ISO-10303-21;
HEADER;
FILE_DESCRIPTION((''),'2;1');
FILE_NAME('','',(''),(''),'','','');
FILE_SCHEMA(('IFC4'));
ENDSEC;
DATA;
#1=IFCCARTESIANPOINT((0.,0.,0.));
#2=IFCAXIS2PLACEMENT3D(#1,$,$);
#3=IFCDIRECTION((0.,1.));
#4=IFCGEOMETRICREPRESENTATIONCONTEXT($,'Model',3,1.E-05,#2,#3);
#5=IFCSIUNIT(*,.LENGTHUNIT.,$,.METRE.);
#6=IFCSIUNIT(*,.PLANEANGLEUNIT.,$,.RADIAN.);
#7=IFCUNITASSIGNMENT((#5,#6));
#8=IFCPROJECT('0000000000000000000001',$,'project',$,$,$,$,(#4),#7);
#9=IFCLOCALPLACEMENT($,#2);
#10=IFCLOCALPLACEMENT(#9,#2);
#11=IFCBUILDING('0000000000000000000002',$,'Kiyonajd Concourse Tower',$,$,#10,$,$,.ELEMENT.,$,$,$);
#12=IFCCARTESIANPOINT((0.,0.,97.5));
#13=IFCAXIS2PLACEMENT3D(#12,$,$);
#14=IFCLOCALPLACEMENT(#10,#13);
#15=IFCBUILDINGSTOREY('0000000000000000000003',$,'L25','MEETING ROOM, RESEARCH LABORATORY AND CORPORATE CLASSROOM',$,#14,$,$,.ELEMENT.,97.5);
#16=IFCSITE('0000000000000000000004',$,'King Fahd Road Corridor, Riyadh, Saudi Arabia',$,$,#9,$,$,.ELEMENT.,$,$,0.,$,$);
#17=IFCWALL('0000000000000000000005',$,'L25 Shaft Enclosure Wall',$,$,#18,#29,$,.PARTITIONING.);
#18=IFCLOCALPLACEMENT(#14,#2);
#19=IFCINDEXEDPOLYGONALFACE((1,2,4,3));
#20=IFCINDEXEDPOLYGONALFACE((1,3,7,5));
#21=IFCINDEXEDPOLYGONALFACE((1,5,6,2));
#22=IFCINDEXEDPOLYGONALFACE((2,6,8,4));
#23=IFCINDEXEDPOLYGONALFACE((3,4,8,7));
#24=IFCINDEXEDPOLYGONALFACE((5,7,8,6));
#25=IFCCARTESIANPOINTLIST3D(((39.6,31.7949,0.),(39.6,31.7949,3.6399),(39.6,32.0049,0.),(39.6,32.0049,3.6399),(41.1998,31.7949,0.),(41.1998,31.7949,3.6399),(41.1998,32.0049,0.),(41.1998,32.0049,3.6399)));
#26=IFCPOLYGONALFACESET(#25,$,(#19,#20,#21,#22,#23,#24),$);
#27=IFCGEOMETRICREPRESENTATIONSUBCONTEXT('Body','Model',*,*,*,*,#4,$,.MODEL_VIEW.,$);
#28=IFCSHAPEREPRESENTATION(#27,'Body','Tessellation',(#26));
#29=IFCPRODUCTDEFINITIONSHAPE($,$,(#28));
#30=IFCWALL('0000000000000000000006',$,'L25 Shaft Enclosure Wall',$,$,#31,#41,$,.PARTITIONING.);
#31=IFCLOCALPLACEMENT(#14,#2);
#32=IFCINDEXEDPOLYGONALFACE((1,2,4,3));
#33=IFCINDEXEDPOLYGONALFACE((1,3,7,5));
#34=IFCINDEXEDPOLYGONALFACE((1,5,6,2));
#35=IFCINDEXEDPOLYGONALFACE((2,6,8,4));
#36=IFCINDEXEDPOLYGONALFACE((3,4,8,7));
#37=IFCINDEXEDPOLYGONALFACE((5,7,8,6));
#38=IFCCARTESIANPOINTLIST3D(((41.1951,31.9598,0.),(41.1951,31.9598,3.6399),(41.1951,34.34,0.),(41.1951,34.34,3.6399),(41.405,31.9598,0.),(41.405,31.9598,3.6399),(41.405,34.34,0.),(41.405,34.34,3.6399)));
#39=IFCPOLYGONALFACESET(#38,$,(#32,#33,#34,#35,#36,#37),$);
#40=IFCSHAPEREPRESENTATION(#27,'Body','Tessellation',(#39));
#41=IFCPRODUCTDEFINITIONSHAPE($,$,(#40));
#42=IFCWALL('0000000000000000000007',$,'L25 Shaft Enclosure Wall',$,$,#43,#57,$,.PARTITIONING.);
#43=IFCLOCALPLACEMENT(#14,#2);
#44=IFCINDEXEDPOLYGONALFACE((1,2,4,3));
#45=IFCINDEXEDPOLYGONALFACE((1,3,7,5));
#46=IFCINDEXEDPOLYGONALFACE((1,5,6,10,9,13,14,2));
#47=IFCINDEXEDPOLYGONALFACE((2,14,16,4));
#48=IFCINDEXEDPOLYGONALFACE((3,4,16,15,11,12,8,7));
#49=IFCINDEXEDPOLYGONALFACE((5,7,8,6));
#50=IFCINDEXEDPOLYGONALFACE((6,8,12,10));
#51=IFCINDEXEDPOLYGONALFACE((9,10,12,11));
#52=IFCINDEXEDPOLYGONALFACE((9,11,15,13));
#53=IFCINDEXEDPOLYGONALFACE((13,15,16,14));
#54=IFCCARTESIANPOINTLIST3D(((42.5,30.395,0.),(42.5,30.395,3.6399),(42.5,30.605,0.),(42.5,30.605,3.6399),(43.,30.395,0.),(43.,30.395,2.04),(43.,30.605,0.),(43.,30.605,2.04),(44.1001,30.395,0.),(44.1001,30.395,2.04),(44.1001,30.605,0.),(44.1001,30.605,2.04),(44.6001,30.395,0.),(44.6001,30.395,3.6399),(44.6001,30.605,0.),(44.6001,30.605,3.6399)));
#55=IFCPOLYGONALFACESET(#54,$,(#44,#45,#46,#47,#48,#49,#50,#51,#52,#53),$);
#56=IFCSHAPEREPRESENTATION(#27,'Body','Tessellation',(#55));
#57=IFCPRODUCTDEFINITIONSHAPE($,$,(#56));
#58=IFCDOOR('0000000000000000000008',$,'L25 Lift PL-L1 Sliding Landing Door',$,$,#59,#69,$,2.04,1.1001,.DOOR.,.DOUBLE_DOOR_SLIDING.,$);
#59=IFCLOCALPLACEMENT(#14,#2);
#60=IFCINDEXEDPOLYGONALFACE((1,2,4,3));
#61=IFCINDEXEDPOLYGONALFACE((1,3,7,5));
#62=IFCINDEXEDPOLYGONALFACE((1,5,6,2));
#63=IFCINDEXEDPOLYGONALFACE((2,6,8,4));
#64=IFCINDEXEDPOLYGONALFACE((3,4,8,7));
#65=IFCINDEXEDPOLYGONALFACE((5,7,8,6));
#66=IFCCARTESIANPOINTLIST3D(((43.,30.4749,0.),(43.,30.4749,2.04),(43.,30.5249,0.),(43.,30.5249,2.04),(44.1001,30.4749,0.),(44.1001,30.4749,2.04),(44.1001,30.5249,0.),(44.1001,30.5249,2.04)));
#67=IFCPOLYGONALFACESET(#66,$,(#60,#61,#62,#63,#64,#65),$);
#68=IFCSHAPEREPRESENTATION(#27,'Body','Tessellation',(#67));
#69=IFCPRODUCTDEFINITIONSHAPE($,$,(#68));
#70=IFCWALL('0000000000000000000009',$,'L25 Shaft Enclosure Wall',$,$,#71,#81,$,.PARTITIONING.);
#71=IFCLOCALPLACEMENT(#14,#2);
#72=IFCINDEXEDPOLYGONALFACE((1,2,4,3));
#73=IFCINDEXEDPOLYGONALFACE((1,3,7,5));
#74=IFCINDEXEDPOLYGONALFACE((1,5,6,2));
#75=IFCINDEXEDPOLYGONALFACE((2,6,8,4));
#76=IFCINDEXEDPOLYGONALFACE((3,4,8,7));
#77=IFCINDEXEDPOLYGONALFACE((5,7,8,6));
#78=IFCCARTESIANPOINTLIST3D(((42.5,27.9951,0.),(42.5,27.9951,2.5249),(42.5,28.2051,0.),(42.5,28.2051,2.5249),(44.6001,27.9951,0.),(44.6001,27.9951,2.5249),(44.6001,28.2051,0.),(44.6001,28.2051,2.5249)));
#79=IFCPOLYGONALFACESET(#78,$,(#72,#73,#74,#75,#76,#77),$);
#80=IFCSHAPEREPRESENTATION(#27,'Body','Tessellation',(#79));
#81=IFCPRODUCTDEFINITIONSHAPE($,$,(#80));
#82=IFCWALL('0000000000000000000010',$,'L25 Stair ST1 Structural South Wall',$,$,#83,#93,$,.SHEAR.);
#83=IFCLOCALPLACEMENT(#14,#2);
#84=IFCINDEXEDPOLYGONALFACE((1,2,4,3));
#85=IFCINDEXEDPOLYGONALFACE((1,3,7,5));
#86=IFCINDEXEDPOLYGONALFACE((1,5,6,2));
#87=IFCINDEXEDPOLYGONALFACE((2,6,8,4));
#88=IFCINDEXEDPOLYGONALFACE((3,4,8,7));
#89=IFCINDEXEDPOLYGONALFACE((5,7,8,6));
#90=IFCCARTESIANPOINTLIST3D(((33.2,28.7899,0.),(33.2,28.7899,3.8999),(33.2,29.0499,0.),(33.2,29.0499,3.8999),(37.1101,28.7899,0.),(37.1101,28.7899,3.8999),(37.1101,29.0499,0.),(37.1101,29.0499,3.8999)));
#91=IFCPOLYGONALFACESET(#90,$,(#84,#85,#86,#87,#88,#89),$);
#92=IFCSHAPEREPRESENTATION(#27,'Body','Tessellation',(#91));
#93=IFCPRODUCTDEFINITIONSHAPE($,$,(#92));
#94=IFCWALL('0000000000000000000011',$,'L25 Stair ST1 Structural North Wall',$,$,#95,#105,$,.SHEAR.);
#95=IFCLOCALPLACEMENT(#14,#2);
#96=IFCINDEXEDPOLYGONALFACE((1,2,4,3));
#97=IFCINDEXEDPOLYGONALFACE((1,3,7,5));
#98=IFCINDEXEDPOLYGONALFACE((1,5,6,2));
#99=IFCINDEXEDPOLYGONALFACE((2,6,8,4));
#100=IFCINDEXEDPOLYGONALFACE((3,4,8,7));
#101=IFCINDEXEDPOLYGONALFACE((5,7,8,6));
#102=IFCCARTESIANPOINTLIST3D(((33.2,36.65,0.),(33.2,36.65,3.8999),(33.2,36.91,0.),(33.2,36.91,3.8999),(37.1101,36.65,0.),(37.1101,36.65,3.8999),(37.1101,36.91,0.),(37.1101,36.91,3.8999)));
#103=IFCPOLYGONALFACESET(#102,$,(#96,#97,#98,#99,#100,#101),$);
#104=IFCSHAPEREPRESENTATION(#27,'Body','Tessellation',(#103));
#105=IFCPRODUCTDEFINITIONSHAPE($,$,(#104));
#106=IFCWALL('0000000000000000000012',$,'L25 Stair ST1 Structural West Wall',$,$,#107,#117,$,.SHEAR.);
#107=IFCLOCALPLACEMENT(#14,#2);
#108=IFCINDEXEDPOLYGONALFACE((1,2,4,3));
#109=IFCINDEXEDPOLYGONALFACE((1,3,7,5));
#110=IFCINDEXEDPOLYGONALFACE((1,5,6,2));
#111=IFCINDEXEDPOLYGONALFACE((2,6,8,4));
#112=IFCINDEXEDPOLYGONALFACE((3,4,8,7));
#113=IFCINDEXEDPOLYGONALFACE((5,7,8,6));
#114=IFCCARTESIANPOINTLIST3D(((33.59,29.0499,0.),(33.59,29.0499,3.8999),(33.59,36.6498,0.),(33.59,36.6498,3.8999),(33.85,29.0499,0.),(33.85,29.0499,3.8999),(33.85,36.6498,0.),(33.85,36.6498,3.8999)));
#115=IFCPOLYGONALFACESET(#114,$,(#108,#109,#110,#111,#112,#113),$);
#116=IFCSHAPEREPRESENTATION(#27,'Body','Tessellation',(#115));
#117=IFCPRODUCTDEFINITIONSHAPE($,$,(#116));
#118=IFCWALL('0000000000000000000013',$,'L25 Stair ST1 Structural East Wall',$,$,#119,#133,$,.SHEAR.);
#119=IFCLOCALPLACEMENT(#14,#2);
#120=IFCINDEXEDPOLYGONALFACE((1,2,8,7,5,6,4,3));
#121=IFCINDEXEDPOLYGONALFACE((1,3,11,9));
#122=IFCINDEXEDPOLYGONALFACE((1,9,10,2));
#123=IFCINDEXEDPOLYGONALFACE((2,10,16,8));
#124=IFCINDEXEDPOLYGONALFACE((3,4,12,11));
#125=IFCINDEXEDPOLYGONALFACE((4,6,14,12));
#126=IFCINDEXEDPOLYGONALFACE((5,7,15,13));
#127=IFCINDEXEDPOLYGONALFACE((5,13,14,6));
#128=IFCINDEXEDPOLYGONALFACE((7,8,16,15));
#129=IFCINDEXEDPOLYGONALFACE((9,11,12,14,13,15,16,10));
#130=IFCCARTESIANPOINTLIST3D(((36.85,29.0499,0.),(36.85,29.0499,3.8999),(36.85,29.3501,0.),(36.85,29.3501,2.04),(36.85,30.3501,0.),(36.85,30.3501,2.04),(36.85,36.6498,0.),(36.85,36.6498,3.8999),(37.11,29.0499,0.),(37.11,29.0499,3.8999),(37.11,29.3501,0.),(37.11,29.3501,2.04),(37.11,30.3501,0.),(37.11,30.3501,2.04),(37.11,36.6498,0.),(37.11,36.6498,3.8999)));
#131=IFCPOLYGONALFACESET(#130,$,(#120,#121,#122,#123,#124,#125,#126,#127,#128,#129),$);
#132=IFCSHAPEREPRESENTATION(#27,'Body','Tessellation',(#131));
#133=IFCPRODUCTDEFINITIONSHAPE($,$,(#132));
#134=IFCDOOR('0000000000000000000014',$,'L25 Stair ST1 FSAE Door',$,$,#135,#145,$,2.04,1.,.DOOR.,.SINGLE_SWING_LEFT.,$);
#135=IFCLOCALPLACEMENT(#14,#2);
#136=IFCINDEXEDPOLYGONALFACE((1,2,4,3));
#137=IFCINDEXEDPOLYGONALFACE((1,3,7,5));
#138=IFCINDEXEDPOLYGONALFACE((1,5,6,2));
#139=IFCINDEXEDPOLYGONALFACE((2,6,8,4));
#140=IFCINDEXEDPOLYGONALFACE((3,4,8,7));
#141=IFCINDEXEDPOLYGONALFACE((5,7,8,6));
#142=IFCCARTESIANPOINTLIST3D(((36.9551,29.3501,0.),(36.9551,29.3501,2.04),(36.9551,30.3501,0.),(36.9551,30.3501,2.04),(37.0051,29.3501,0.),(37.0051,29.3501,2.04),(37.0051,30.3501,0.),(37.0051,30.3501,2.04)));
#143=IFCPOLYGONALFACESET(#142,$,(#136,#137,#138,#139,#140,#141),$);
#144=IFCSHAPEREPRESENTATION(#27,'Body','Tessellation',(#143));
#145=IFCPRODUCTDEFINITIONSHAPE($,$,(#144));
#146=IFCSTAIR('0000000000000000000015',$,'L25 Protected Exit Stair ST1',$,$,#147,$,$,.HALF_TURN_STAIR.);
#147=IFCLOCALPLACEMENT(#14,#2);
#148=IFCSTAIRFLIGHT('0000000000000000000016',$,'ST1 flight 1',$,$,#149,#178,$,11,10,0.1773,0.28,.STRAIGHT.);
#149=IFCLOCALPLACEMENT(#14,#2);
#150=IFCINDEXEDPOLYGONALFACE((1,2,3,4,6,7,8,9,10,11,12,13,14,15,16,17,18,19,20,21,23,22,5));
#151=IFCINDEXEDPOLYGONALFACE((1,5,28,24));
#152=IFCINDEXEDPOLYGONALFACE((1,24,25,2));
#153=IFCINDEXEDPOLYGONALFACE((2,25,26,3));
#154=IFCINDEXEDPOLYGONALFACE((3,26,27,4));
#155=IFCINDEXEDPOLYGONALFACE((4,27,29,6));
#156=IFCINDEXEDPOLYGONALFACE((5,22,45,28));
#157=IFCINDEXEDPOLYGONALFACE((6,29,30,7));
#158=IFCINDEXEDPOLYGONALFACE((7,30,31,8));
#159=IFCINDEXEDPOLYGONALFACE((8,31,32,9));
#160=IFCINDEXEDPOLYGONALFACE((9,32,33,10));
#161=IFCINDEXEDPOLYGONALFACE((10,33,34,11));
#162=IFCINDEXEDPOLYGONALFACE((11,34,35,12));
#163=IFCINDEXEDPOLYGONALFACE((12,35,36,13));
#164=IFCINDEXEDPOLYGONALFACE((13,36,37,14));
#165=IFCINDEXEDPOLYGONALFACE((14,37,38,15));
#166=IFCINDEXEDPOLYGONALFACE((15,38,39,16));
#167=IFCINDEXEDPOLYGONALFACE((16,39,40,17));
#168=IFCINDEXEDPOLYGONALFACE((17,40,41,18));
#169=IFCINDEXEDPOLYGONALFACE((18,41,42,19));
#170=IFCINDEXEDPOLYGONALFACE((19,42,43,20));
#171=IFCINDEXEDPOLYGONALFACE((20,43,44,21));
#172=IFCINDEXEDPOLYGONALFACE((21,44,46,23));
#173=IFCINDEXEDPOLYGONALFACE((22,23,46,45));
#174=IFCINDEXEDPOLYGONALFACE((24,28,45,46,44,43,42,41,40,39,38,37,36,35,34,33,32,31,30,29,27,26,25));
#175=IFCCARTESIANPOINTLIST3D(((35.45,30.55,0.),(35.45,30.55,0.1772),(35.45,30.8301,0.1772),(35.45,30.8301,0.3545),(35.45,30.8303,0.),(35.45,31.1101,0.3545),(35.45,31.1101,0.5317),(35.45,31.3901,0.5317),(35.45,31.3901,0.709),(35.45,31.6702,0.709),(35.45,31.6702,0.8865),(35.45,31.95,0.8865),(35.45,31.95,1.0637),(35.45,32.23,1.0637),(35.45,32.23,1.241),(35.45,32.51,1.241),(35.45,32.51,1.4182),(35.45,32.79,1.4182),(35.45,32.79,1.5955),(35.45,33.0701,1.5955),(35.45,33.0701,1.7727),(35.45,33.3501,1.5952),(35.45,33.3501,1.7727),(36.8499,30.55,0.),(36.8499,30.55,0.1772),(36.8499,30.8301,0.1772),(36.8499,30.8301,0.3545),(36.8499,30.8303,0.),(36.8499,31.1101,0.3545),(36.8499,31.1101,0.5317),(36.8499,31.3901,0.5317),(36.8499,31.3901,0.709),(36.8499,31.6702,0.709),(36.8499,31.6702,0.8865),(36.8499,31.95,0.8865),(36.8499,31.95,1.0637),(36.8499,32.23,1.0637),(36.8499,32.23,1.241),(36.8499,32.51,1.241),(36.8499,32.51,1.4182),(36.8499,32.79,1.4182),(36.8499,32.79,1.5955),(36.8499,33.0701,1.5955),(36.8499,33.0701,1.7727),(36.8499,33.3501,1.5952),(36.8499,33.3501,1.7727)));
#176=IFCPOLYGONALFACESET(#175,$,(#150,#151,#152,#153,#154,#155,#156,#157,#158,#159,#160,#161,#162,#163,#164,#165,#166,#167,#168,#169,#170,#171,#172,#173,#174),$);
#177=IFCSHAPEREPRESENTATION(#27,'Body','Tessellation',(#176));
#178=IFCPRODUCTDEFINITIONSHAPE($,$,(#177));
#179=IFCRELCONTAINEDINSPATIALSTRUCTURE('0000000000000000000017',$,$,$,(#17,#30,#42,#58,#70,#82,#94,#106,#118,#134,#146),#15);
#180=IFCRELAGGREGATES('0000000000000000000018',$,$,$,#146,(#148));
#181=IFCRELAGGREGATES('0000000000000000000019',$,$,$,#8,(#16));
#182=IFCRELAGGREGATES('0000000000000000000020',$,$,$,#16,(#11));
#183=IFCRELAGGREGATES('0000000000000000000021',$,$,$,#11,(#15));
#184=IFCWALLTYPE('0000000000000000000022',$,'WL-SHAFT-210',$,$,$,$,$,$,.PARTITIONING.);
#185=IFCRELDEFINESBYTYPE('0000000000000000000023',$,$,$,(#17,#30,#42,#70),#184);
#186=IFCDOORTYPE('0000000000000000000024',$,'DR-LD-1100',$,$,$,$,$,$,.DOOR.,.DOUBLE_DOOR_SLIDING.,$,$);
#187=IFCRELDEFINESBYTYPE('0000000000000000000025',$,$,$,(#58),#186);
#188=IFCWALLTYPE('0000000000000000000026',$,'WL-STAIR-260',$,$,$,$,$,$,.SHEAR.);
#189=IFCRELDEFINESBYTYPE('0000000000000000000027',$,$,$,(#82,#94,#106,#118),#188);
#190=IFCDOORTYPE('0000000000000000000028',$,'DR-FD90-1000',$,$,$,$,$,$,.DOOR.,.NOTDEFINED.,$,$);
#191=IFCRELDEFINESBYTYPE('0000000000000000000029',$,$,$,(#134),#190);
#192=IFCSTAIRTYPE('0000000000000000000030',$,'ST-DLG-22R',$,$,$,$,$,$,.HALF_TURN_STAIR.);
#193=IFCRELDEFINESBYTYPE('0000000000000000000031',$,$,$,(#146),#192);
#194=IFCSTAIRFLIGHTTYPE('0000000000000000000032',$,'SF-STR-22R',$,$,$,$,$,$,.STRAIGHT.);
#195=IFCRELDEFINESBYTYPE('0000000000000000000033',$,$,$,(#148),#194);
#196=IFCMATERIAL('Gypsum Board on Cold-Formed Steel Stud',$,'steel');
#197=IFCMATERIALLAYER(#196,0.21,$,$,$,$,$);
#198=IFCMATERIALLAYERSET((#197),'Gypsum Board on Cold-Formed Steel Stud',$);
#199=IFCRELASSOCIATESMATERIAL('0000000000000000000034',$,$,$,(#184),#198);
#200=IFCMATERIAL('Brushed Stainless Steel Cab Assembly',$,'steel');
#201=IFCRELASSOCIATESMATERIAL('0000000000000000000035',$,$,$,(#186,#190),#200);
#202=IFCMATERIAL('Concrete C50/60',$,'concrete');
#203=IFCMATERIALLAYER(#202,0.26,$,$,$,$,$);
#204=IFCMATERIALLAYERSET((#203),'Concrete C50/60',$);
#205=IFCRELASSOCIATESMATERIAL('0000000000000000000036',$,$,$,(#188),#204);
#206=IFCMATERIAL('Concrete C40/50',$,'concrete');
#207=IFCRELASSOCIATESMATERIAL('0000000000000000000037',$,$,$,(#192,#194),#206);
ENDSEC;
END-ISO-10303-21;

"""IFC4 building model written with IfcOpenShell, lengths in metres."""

from ifc_helpers import new_model, si_unit, direction, frame, frame_2d, origin, place, context, subcontext, project, spatial, polyline, rectangle, outline, extrude, material, layer, layer_set, type_object, element, fill, aggregate, save


model = new_model("IFC4")

# Units and contexts
model_context = context("Model", 3, precision=1e-05, world=origin(), true_north=direction((0.0, 1.0)))
body_context = subcontext(model_context, "Body", "Model", "MODEL_VIEW")
ifc_project = project(units=[si_unit("LENGTHUNIT", "METRE"), si_unit("PLANEANGLEUNIT", "RADIAN")], contexts=[model_context])

# Site, building, storey
site_placement = place(None, origin())
site = spatial("IfcSite", under=ifc_project, at=site_placement, Name="King Fahd Road Corridor, Riyadh, Saudi Arabia", CompositionType="ELEMENT", RefElevation=0.0)
building_placement = place(site_placement, origin())
building = spatial("IfcBuilding", under=site, at=building_placement, Name="Kiyonajd Concourse Tower", CompositionType="ELEMENT")
storey_placement = place(building_placement, frame((0.0, 0.0, 97.5)))
storey = spatial("IfcBuildingStorey", under=building, at=storey_placement, Name="L25", Description="MEETING ROOM, RESEARCH LABORATORY AND CORPORATE CLASSROOM", CompositionType="ELEMENT", Elevation=97.5)

# Shared definitions
ifc_material_1 = material(Name="Concrete C50/60", Category="concrete")

# Shared definitions
ifc_material_2 = material(Name="Brushed Stainless Steel Cab Assembly", Category="steel")
ifc_material_3 = material(Name="Gypsum Board on Cold-Formed Steel Stud", Category="steel")
ifc_layer_1 = layer(ifc_material_3, 0.21)
ifc_layer_set_1 = layer_set([ifc_layer_1], Name="Gypsum Board on Cold-Formed Steel Stud")
wall_type_1 = type_object("IfcWallType", Name="WL-SHAFT-210", PredefinedType="PARTITIONING", material=ifc_layer_set_1)

# Walls
wall_1_placement = place(storey_placement, frame((39.6001, 31.8999, 0.0), z_axis=(0.0, 0.0, 1.0), x_axis=(1.0, 0.0, 0.0)))
element("IfcWall", 1, at=wall_1_placement, inside=storey, type_object=wall_type_1, Name="L25 Shaft Enclosure Wall", PredefinedType="PARTITIONING", context=body_context, shape_type="SweptSolid", body=[
    extrude(rectangle(XDim=1.5999, YDim=0.21, at=frame_2d((0.7998, 0.0))), origin(), (0.0, 0.0, 1.0), 3.6399),
])
wall_2_placement = place(storey_placement, frame((41.3, 31.96, 0.0), z_axis=(0.0, 0.0, 1.0), x_axis=(0.0, 1.0, 0.0)))
element("IfcWall", 2, at=wall_2_placement, inside=storey, type_object=wall_type_1, Name="L25 Shaft Enclosure Wall", PredefinedType="PARTITIONING", context=body_context, shape_type="SweptSolid", body=[
    extrude(rectangle(XDim=2.3801, YDim=0.21, at=frame_2d((1.1899, 0.0))), origin(), (0.0, 0.0, 1.0), 3.6399),
])

# Wall, opening, door
wall_3_placement = place(storey_placement, frame((42.5, 30.5, 0.0), z_axis=(0.0, 0.0, 1.0), x_axis=(1.0, 0.0, 0.0)))
wall_3 = element("IfcWall", 3, at=wall_3_placement, inside=storey, type_object=wall_type_1, Name="L25 Shaft Enclosure Wall", PredefinedType="PARTITIONING", context=body_context, shape_type="SweptSolid", body=[
    extrude(rectangle(XDim=2.1001, YDim=0.21, at=frame_2d((1.05, 0.0))), origin(), (0.0, 0.0, 1.0), 3.6399),
])
opening_1_placement = place(wall_3_placement, frame((0.5, 0.0, 0.0)))
opening_1 = element("IfcOpeningElement", 4, at=opening_1_placement, cuts=wall_3, PredefinedType="OPENING", context=body_context, shape_type="SweptSolid", body=[
    extrude(rectangle(XDim=1.1001, YDim=2.04, at=frame_2d((0.55, 1.02))), frame((0.0, 0.115, 0.0), z_axis=(0.0, -1.0, 0.0), x_axis=(1.0, 0.0, 0.0)), (0.0, 0.0, 1.0), 0.23),
])
door_type_1 = type_object("IfcDoorType", Name="DR-LD-1100", OperationType="DOUBLE_DOOR_SLIDING", PredefinedType="DOOR", material=ifc_material_2)
door_1_placement = place(opening_1_placement, origin())
door_1 = element("IfcDoor", 5, at=door_1_placement, inside=storey, type_object=door_type_1, Name="L25 Lift PL-L1 Sliding Landing Door", OperationType="DOUBLE_DOOR_SLIDING", OverallHeight=2.04, OverallWidth=1.1001, PredefinedType="DOOR", context=body_context, shape_type="SweptSolid", body=[
    extrude(rectangle(XDim=1.1001, YDim=2.04, at=frame_2d((0.55, 1.02))), frame((0.0, 0.0249, 0.0), z_axis=(0.0, -1.0, 0.0), x_axis=(1.0, 0.0, 0.0)), (0.0, 0.0, 1.0), 0.05),
])
fill(opening_1, door_1)

# Walls
wall_4_placement = place(storey_placement, frame((42.5, 28.1001, 0.0), z_axis=(0.0, 0.0, 1.0), x_axis=(1.0, 0.0, 0.0)))
element("IfcWall", 6, at=wall_4_placement, inside=storey, type_object=wall_type_1, Name="L25 Shaft Enclosure Wall", PredefinedType="PARTITIONING", context=body_context, shape_type="SweptSolid", body=[
    extrude(rectangle(XDim=2.1001, YDim=0.21, at=frame_2d((1.05, 0.0))), origin(), (0.0, 0.0, 1.0), 2.5249),
])
ifc_layer_2 = layer(ifc_material_1, 0.26)
ifc_layer_set_2 = layer_set([ifc_layer_2], Name="Concrete C50/60")
wall_type_2 = type_object("IfcWallType", Name="WL-STAIR-260", PredefinedType="SHEAR", material=ifc_layer_set_2)
for number, where, z_axis, x_axis, name in (
    (7, (33.2, 28.9199, 0.0), (0.0, 0.0, 1.0), (1.0, 0.0, 0.0), "L25 Stair ST1 Structural South Wall"),
    (8, (33.2, 36.78, 0.0), (0.0, 0.0, 1.0), (1.0, 0.0, 0.0), "L25 Stair ST1 Structural North Wall"),
):
    element("IfcWall", number, at=place(storey_placement, frame(where, z_axis=z_axis, x_axis=x_axis)), inside=storey, type_object=wall_type_2, Name=name, PredefinedType="SHEAR", context=body_context, shape_type="SweptSolid", body=[
        extrude(rectangle(XDim=3.9102, YDim=0.26, at=frame_2d((1.9551, 0.0))), origin(), (0.0, 0.0, 1.0), 3.8999),
    ])
wall_5_placement = place(storey_placement, frame((33.72, 29.05, 0.0), z_axis=(0.0, 0.0, 1.0), x_axis=(0.0, 1.0, 0.0)))
element("IfcWall", 9, at=wall_5_placement, inside=storey, type_object=wall_type_2, Name="L25 Stair ST1 Structural West Wall", PredefinedType="SHEAR", context=body_context, shape_type="SweptSolid", body=[
    extrude(rectangle(XDim=7.5999, YDim=0.26, at=frame_2d((3.7998, 0.0))), origin(), (0.0, 0.0, 1.0), 3.8999),
])

# Wall, opening, door
wall_6_placement = place(storey_placement, frame((36.98, 29.05, 0.0), z_axis=(0.0, 0.0, 1.0), x_axis=(0.0, 1.0, 0.0)))
wall_6 = element("IfcWall", 10, at=wall_6_placement, inside=storey, type_object=wall_type_2, Name="L25 Stair ST1 Structural East Wall", PredefinedType="SHEAR", context=body_context, shape_type="SweptSolid", body=[
    extrude(rectangle(XDim=7.5999, YDim=0.26, at=frame_2d((3.7998, 0.0))), origin(), (0.0, 0.0, 1.0), 3.8999),
])
opening_2_placement = place(wall_6_placement, frame((0.3, 0.0, 0.0)))
opening_2 = element("IfcOpeningElement", 11, at=opening_2_placement, cuts=wall_6, PredefinedType="OPENING", context=body_context, shape_type="SweptSolid", body=[
    extrude(rectangle(XDim=1.0, YDim=2.04, at=frame_2d((0.5, 1.02))), frame((0.0, 0.1399, 0.0), z_axis=(0.0, -1.0, 0.0), x_axis=(1.0, 0.0, 0.0)), (0.0, 0.0, 1.0), 0.28),
])
door_type_2 = type_object("IfcDoorType", Name="DR-FD90-1000", OperationType="NOTDEFINED", PredefinedType="DOOR", material=ifc_material_2)
door_2_placement = place(opening_2_placement, origin())
door_2 = element("IfcDoor", 12, at=door_2_placement, inside=storey, type_object=door_type_2, Name="L25 Stair ST1 FSAE Door", OperationType="SINGLE_SWING_LEFT", OverallHeight=2.04, OverallWidth=1.0, PredefinedType="DOOR", context=body_context, shape_type="SweptSolid", body=[
    extrude(rectangle(XDim=1.0, YDim=2.04, at=frame_2d((0.5, 1.02))), frame((0.0, 0.0249, 0.0), z_axis=(0.0, -1.0, 0.0), x_axis=(1.0, 0.0, 0.0)), (0.0, 0.0, 1.0), 0.05),
])
fill(opening_2, door_2)

# Stair, stair flight
ifc_material_4 = material(Name="Concrete C40/50", Category="concrete")
stair_type = type_object("IfcStairType", Name="ST-DLG-22R", PredefinedType="HALF_TURN_STAIR", material=ifc_material_4)
stair_placement = place(storey_placement, origin())
stair = element("IfcStair", 13, at=stair_placement, inside=storey, type_object=stair_type, Name="L25 Protected Exit Stair ST1", PredefinedType="HALF_TURN_STAIR")
stair_flight_type = type_object("IfcStairFlightType", Name="SF-STR-22R", PredefinedType="STRAIGHT", material=ifc_material_4)
stair_flight_1_placement = place(storey_placement, frame((36.1499, 30.55, 0.0), z_axis=(0.0, 0.0, 1.0), x_axis=(0.0, 1.0, 0.0)))
stair_flight_1 = element("IfcStairFlight", 14, at=stair_flight_1_placement, type_object=stair_flight_type, Name="ST1 flight 1", NumberOfRisers=11, NumberOfTreads=10, PredefinedType="STRAIGHT", RiserHeight=0.1773, TreadLength=0.28, context=body_context, shape_type="SweptSolid", body=[
    extrude(outline(polyline([(0.0, 0.0), (0.0, 0.1772), (0.28, 0.1772), (0.28, 0.3545), (0.5601, 0.3545), (0.5601, 0.5317), (0.8401, 0.5317), (0.8401, 0.709), (1.1201, 0.709), (1.1201, 0.8865), (1.3999, 0.8865), (1.3999, 1.0637), (1.6799, 1.0637), (1.6799, 1.241), (1.96, 1.241), (1.96, 1.4182), (2.24, 1.4182), (2.24, 1.5955), (2.52, 1.5955), (2.52, 1.7727), (2.8, 1.7727), (2.8, 1.95), (2.8, 1.5952), (0.2803, 0.0), (0.0, 0.0)])), frame((0.0, 0.7, 0.0), z_axis=(0.0, -1.0, 0.0), x_axis=(1.0, 0.0, 0.0)), (0.0, 0.0, 1.0), 1.3999),
])
aggregate(stair, [stair_flight_1])

save(model, "model.ifc")
